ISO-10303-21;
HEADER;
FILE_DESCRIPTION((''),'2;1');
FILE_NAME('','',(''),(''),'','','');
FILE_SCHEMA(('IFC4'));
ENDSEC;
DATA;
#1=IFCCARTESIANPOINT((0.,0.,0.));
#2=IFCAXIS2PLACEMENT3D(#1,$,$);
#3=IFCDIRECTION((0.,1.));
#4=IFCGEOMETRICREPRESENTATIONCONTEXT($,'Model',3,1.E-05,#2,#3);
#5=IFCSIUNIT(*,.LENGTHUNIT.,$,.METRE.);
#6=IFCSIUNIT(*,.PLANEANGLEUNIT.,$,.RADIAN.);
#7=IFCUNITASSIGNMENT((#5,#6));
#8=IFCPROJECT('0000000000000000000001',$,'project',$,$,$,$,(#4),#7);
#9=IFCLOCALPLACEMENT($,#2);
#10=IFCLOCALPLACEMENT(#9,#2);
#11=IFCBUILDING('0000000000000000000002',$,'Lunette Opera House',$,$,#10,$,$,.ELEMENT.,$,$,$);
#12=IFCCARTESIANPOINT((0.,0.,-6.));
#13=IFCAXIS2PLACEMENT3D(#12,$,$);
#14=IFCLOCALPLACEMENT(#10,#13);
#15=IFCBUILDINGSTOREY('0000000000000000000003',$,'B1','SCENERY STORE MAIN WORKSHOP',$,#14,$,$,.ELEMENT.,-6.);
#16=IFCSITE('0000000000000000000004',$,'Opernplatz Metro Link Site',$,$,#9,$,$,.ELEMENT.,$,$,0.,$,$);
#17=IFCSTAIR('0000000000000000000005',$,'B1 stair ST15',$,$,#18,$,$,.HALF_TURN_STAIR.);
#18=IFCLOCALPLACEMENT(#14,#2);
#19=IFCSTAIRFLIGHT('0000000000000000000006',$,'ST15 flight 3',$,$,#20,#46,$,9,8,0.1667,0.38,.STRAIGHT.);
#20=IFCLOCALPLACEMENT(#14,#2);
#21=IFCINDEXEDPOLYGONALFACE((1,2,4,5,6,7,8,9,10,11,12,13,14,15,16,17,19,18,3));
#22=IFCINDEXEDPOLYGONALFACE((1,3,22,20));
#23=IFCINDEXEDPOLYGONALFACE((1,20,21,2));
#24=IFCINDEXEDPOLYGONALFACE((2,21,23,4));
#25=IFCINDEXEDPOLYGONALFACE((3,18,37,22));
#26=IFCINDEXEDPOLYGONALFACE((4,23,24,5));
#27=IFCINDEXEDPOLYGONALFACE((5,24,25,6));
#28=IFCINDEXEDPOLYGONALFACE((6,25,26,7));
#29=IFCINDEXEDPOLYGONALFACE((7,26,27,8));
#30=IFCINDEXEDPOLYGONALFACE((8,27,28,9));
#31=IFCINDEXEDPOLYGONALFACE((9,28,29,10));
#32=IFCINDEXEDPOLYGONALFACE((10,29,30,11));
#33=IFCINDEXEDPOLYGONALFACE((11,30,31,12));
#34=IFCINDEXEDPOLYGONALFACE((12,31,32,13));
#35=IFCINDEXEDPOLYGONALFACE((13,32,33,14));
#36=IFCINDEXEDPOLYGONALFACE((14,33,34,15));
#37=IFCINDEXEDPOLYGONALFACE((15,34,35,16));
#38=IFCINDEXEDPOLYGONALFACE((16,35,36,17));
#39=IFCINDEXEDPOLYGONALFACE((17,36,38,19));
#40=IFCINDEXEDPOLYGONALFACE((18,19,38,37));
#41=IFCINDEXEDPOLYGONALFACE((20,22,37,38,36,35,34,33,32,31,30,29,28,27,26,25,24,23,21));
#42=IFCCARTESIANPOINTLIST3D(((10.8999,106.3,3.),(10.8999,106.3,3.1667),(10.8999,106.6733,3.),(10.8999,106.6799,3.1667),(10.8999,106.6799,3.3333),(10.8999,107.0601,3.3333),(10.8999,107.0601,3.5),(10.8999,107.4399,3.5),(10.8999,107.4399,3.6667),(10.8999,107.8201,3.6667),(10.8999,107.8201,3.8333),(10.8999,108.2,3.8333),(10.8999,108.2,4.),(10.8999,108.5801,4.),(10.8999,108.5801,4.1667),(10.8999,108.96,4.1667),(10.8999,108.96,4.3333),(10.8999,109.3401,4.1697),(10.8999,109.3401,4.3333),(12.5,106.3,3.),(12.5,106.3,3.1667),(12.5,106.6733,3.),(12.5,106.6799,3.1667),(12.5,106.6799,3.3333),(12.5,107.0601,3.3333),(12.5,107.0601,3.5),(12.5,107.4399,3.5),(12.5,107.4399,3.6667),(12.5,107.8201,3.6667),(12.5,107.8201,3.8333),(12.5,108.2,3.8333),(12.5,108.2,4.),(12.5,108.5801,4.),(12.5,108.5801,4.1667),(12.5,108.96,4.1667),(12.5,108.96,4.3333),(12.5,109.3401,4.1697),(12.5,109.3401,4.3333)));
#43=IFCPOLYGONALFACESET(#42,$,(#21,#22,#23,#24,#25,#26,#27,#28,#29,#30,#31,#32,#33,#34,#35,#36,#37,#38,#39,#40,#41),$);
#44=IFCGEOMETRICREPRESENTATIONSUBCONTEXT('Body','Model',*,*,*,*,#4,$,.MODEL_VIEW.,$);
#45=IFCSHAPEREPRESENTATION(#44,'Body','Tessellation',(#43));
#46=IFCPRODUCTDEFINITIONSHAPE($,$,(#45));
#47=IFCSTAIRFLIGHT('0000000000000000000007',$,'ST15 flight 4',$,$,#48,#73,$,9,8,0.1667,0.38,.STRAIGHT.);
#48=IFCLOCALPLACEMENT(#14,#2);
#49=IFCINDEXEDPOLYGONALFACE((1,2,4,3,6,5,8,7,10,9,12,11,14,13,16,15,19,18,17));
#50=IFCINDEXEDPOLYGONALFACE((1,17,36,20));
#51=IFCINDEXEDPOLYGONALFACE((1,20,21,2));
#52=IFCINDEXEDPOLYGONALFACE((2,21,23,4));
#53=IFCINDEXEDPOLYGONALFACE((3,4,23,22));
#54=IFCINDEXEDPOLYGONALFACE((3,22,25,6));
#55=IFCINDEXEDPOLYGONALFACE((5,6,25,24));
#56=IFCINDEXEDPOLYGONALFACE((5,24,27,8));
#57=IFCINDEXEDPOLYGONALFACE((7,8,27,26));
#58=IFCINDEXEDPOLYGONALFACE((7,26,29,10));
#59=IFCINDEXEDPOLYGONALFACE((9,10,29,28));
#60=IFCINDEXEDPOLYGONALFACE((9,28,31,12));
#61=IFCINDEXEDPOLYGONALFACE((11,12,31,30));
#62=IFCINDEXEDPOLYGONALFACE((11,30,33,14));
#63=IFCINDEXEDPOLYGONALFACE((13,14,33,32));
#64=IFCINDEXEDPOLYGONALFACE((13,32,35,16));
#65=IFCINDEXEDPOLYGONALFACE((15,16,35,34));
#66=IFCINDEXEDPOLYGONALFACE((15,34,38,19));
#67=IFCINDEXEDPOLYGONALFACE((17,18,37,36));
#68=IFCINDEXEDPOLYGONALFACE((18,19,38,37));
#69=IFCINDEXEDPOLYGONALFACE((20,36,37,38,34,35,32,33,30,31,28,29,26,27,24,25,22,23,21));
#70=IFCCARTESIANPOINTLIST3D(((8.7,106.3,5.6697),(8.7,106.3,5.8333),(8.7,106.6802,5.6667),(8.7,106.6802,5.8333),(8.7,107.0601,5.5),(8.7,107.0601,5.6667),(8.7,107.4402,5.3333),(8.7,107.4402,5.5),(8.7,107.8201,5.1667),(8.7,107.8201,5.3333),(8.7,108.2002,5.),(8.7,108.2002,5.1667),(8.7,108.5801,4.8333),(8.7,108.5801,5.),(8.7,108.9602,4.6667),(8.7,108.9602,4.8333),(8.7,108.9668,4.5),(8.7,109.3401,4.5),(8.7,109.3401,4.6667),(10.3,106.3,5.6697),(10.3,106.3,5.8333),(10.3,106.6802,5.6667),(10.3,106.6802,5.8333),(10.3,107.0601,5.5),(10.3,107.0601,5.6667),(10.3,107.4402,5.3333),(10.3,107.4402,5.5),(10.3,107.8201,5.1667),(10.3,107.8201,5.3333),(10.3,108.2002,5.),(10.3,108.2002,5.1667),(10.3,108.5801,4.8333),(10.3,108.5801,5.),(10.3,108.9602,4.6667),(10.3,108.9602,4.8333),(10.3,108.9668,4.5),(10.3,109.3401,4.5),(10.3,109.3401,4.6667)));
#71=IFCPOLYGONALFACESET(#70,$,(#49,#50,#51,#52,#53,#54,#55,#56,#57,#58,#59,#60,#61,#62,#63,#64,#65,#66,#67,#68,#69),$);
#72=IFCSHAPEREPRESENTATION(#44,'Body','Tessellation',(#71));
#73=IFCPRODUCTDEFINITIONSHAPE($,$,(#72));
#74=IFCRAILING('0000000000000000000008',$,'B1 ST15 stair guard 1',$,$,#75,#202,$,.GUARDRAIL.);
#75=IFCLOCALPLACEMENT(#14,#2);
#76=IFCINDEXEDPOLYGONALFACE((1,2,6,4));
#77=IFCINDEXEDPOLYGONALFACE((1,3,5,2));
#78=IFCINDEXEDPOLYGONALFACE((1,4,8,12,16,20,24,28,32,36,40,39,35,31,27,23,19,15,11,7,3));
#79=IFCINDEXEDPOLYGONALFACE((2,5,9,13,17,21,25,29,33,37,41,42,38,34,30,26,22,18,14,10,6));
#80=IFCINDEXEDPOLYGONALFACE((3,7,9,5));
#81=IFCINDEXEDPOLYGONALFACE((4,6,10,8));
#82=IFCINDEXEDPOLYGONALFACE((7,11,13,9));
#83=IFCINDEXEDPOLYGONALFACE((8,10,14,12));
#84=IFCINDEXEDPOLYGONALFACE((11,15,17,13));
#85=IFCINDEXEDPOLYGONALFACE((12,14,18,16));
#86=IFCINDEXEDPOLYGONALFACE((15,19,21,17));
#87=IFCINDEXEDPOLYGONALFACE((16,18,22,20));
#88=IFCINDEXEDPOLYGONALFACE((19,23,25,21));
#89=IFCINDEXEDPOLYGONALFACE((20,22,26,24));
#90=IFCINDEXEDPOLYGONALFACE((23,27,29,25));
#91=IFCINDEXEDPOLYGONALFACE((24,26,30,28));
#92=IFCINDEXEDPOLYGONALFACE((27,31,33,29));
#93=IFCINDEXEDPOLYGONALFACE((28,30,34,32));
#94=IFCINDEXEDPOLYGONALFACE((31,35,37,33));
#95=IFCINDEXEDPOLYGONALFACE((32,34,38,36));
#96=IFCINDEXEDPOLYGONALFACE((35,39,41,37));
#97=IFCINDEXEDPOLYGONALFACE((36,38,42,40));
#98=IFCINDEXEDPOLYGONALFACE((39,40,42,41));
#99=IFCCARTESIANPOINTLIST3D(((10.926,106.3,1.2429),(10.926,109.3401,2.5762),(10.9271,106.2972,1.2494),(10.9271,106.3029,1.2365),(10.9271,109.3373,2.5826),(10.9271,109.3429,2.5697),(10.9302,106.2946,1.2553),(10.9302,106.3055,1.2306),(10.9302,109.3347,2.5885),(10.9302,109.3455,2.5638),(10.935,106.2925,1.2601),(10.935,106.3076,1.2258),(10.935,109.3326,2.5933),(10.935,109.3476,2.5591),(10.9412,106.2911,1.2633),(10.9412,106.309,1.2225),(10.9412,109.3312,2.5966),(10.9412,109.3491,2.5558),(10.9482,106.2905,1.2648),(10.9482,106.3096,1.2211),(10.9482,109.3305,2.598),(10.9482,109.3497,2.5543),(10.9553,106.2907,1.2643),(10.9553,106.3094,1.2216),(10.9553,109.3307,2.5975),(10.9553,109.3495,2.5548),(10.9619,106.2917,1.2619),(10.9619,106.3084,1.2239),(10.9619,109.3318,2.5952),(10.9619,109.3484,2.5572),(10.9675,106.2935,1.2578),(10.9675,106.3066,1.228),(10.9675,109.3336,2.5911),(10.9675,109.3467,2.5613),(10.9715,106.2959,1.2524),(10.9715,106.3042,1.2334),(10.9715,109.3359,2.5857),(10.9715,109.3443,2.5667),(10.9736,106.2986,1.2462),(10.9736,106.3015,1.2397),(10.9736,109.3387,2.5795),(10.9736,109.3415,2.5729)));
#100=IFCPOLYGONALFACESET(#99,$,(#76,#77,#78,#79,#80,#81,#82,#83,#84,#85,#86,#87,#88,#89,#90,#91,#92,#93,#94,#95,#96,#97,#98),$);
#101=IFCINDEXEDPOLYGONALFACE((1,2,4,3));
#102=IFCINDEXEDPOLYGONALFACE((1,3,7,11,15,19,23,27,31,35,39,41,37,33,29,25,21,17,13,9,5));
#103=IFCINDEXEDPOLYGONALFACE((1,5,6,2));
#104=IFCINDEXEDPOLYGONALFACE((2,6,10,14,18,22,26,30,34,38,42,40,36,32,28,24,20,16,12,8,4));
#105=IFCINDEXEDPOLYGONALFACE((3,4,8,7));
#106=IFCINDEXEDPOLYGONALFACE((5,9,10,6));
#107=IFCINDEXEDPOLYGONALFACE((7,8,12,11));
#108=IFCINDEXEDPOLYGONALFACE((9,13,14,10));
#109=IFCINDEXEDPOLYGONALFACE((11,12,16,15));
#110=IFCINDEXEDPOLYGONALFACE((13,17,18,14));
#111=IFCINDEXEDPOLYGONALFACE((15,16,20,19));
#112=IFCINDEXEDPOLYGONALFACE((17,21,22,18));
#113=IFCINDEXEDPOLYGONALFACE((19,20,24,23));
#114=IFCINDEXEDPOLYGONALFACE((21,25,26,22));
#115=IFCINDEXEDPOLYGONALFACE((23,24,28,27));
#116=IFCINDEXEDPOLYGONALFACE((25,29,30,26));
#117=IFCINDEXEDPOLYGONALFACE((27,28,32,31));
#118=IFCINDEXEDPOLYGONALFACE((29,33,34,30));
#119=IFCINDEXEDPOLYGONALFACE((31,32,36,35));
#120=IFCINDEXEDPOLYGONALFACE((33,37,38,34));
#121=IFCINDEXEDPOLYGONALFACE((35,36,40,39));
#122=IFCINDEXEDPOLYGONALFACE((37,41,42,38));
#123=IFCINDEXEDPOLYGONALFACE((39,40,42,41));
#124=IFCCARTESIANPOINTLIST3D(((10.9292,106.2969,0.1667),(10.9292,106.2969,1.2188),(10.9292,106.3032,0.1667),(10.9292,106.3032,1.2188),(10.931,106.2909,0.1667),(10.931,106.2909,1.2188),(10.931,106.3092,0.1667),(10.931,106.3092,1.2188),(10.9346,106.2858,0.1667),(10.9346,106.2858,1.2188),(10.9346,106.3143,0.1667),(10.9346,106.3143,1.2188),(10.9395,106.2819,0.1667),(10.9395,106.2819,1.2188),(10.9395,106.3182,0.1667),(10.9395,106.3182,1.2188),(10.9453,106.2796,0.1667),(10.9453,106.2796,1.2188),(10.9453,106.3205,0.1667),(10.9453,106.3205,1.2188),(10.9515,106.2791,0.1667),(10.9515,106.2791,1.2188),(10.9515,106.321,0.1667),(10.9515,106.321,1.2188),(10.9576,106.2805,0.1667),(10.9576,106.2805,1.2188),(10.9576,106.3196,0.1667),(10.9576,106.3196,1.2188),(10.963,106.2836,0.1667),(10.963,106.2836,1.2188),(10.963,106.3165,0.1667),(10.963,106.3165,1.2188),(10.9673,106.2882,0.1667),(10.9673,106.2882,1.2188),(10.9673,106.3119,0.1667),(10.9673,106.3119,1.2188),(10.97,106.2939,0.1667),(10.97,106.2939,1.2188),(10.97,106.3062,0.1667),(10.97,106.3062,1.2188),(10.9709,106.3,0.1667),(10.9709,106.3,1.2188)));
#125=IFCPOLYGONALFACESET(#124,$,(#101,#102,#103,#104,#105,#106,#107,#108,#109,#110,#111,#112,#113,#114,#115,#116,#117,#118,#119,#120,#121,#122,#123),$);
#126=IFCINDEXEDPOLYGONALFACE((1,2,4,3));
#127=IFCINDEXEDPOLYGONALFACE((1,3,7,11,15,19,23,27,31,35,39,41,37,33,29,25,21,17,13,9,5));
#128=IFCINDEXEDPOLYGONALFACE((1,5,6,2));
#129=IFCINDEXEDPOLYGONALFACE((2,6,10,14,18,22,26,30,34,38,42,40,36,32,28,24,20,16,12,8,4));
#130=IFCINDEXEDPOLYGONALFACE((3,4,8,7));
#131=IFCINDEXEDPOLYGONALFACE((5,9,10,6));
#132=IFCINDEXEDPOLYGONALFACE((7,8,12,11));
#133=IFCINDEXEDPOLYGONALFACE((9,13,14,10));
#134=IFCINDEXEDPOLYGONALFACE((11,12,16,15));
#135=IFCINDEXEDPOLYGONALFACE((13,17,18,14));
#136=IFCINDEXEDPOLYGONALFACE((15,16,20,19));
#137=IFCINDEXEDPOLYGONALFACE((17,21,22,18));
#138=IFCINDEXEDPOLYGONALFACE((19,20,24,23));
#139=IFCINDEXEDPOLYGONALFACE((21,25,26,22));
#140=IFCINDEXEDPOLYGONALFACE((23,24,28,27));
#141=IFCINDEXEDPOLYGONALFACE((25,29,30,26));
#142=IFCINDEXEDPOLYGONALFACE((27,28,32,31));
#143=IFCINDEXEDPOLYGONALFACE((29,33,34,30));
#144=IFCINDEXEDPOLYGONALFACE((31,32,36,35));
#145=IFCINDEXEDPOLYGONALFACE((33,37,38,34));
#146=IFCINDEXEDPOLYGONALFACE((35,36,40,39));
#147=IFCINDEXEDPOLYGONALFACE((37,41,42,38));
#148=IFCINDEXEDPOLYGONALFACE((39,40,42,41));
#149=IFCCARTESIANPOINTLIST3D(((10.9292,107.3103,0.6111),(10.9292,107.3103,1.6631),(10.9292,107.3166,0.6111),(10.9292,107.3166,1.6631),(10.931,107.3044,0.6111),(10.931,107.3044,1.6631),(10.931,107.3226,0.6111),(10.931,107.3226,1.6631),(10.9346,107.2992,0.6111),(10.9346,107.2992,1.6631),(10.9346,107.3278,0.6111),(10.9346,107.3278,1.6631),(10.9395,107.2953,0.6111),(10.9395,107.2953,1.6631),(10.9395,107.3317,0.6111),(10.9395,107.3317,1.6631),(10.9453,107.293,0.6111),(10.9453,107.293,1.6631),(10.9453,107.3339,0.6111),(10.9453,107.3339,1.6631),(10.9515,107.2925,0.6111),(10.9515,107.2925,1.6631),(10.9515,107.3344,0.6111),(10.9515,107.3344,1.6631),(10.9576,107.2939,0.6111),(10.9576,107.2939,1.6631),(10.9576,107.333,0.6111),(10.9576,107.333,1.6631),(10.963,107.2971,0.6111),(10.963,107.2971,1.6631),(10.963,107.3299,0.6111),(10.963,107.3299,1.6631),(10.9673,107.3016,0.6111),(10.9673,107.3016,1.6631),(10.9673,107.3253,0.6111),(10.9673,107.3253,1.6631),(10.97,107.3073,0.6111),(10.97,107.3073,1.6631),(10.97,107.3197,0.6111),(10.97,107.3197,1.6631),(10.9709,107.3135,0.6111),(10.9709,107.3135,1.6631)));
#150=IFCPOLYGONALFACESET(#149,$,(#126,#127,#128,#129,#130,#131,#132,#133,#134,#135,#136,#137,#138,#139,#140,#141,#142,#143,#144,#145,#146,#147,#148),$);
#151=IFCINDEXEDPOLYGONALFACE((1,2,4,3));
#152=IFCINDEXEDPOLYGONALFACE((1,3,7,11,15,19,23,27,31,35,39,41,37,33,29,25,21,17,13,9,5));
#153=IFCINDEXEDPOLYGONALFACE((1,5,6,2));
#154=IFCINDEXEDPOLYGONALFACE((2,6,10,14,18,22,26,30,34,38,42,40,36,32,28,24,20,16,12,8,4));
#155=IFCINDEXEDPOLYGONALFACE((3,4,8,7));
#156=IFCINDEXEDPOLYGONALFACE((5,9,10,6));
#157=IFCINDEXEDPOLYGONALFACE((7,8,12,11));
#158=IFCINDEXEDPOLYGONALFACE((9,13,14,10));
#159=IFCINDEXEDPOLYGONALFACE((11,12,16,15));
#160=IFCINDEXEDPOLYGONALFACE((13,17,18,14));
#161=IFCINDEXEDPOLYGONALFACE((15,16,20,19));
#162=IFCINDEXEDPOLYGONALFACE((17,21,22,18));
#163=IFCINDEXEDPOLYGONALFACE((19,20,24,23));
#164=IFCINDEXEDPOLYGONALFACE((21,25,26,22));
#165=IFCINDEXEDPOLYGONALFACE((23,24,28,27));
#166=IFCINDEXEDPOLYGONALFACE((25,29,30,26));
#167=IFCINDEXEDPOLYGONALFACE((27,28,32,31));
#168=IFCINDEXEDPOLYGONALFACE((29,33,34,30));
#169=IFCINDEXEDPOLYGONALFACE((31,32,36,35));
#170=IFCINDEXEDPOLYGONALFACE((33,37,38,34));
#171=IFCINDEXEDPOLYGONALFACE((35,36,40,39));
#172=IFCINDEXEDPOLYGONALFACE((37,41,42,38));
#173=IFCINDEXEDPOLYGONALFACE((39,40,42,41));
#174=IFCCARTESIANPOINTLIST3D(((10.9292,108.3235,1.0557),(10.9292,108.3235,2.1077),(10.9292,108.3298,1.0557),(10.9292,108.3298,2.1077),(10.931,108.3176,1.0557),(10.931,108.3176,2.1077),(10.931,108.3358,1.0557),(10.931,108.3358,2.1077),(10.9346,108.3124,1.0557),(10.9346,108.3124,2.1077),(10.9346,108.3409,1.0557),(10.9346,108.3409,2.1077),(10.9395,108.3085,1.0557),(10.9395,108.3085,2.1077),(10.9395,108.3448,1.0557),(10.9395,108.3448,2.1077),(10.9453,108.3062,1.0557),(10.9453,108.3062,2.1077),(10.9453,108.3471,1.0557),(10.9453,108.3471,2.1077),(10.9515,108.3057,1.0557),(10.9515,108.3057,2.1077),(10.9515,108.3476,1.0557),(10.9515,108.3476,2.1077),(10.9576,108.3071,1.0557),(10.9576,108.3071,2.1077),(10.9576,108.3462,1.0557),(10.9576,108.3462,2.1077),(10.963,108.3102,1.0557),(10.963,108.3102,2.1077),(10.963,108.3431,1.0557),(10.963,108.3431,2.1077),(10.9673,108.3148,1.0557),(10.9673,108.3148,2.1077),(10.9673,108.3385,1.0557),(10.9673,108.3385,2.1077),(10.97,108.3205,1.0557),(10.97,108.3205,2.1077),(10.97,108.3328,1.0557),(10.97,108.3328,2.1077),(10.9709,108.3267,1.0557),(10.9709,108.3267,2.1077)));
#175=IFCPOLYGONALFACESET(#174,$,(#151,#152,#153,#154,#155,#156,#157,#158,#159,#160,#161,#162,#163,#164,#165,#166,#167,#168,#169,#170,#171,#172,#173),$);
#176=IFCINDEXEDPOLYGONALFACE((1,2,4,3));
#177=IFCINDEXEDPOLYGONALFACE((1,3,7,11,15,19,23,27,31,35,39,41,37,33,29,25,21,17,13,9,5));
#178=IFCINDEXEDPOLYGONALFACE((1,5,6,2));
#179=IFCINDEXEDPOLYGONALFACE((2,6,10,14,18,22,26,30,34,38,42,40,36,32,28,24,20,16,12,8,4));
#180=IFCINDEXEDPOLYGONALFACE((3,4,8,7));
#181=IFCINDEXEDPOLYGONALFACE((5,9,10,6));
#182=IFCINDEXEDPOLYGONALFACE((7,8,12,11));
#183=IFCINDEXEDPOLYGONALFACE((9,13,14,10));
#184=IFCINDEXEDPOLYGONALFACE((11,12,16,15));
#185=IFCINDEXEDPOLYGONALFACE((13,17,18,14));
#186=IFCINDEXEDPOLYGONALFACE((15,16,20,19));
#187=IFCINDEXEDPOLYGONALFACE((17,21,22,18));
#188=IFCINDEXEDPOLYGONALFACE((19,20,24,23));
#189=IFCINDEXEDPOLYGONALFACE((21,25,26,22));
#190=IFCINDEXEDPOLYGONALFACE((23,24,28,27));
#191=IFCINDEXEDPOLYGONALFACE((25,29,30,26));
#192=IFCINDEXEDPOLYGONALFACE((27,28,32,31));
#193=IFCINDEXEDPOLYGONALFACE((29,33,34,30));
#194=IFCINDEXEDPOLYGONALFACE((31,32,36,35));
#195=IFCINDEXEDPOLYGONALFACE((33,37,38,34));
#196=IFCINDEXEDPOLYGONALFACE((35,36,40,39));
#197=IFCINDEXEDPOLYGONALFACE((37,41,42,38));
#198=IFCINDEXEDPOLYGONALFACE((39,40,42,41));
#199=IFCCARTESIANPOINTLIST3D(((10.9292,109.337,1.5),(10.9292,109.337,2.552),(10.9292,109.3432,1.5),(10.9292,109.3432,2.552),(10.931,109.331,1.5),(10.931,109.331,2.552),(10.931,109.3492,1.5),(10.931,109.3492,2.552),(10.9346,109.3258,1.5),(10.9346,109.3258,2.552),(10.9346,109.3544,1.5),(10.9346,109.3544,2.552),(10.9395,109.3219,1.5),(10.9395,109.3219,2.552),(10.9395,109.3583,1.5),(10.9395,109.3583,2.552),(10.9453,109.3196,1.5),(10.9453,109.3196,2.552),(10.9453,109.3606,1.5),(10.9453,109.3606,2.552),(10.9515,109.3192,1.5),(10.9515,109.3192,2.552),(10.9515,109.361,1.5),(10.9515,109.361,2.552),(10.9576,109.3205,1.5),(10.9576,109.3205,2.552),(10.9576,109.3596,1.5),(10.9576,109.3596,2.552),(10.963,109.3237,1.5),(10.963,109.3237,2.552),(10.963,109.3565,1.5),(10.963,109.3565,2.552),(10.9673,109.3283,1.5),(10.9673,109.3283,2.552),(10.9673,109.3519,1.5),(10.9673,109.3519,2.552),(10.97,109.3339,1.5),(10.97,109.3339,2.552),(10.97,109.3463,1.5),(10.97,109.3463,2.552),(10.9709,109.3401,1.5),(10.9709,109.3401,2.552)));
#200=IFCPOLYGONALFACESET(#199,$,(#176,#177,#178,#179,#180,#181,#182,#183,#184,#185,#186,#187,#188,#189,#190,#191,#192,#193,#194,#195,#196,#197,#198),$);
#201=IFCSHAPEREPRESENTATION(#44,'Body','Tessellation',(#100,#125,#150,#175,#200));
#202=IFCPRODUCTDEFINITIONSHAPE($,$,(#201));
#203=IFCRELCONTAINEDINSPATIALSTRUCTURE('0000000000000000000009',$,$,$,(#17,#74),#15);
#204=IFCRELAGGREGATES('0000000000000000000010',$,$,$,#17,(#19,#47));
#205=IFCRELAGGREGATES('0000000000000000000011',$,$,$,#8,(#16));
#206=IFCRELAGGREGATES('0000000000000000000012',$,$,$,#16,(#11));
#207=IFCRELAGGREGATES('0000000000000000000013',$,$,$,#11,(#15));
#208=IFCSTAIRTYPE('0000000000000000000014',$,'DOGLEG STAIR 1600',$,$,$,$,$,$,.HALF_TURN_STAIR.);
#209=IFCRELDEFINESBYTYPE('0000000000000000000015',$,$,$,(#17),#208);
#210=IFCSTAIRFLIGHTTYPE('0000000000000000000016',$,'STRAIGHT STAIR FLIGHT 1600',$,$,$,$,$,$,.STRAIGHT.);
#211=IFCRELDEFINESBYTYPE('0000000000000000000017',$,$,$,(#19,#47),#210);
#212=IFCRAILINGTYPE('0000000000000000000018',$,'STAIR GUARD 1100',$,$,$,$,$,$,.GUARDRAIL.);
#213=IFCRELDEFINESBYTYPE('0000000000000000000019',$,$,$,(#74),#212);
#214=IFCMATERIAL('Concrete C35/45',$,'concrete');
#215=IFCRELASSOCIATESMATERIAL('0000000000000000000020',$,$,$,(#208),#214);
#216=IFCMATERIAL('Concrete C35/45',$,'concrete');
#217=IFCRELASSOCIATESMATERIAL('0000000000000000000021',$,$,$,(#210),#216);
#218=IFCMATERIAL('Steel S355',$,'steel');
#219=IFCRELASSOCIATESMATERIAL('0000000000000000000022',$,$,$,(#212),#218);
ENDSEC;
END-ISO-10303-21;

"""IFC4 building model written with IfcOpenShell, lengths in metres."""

from ifc_helpers import new_model, si_unit, direction, frame, origin, origin_2d, place, context, subcontext, project, spatial, polyline, circle, outline, extrude, material, type_object, element, aggregate, save


model = new_model("IFC4")

# Units and contexts
model_context = context("Model", 3, precision=1e-05, world=origin(), true_north=direction((0.0, 1.0)))
body_context = subcontext(model_context, "Body", "Model", "MODEL_VIEW")
ifc_project = project(units=[si_unit("LENGTHUNIT", "METRE"), si_unit("PLANEANGLEUNIT", "RADIAN")], contexts=[model_context])

# Site, building, storey
site_placement = place(None, origin())
site = spatial("IfcSite", under=ifc_project, at=site_placement, Name="Opernplatz Metro Link Site", CompositionType="ELEMENT", RefElevation=0.0)
building_placement = place(site_placement, origin())
building = spatial("IfcBuilding", under=site, at=building_placement, Name="Lunette Opera House", CompositionType="ELEMENT")
storey_placement = place(building_placement, frame((0.0, 0.0, -6.0)))
storey = spatial("IfcBuildingStorey", under=building, at=storey_placement, Name="B1", Description="SCENERY STORE MAIN WORKSHOP", CompositionType="ELEMENT", Elevation=-6.0)

# Stair, stair flights
ifc_material_1 = material(Name="Concrete C35/45", Category="concrete")
stair_type = type_object("IfcStairType", Name="DOGLEG STAIR 1600", PredefinedType="HALF_TURN_STAIR", material=ifc_material_1)
stair_placement = place(storey_placement, origin())
stair = element("IfcStair", 1, at=stair_placement, inside=storey, type_object=stair_type, Name="B1 stair ST15", PredefinedType="HALF_TURN_STAIR")
ifc_material_2 = material(Name="Concrete C35/45", Category="concrete")
stair_flight_type = type_object("IfcStairFlightType", Name="STRAIGHT STAIR FLIGHT 1600", PredefinedType="STRAIGHT", material=ifc_material_2)
stair_flight_1_placement = place(storey_placement, frame((11.7, 106.3, 3.0), z_axis=(0.0, 0.0, 1.0), x_axis=(0.0, 1.0, 0.0)))
stair_flight_1 = element("IfcStairFlight", 2, at=stair_flight_1_placement, type_object=stair_flight_type, Name="ST15 flight 3", NumberOfRisers=9, NumberOfTreads=8, PredefinedType="STRAIGHT", RiserHeight=0.1667, TreadLength=0.38, context=body_context, shape_type="SweptSolid", body=[
    extrude(outline(polyline([(0.0, 0.0), (0.0, 0.1667), (0.3799, 0.1667), (0.3799, 0.3333), (0.76, 0.3333), (0.76, 0.5), (1.1399, 0.5), (1.1399, 0.6667), (1.52, 0.6667), (1.52, 0.8333), (1.8999, 0.8333), (1.8999, 1.0), (2.28, 1.0), (2.28, 1.1667), (2.6599, 1.1667), (2.6599, 1.3333), (3.04, 1.3333), (3.04, 1.5), (3.04, 1.1697), (0.3733, 0.0), (0.0, 0.0)])), frame((0.0, 0.8, 0.0), z_axis=(0.0, -1.0, 0.0), x_axis=(1.0, 0.0, 0.0)), (0.0, 0.0, 1.0), 1.6001),
])
stair_flight_2_placement = place(storey_placement, frame((9.5, 109.3401, 4.5), z_axis=(0.0, 0.0, 1.0), x_axis=(0.0, -1.0, 0.0)))
stair_flight_2 = element("IfcStairFlight", 3, at=stair_flight_2_placement, type_object=stair_flight_type, Name="ST15 flight 4", NumberOfRisers=9, NumberOfTreads=8, PredefinedType="STRAIGHT", RiserHeight=0.1667, TreadLength=0.38, context=body_context, shape_type="SweptSolid", body=[
    extrude(outline(polyline([(0.0, 0.0), (0.0, 0.1667), (0.3799, 0.1667), (0.3799, 0.3333), (0.76, 0.3333), (0.76, 0.5), (1.1399, 0.5), (1.1399, 0.6667), (1.52, 0.6667), (1.52, 0.8333), (1.8999, 0.8333), (1.8999, 1.0), (2.28, 1.0), (2.28, 1.1667), (2.6599, 1.1667), (2.6599, 1.3333), (3.04, 1.3333), (3.04, 1.5), (3.04, 1.1697), (0.3733, 0.0), (0.0, 0.0)])), frame((0.0, 0.8, 0.0), z_axis=(0.0, -1.0, 0.0), x_axis=(1.0, 0.0, 0.0)), (0.0, 0.0, 1.0), 1.6001),
])
aggregate(stair, [stair_flight_1, stair_flight_2])

# Railing
ifc_material_3 = material(Name="Steel S355", Category="steel")
railing_type_1 = type_object("IfcRailingType", Name="STAIR GUARD 1100", PredefinedType="GUARDRAIL", material=ifc_material_3)
railing_1_placement = place(storey_placement, frame((10.95, 106.3, 0.1667)))
element("IfcRailing", 4, at=railing_1_placement, inside=storey, type_object=railing_type_1, Name="B1 ST15 stair guard 1", PredefinedType="GUARDRAIL", context=body_context, shape_type="SweptSolid", body=[
    extrude(circle(Radius=0.0239, at=origin_2d()), frame((0.0, 0.0, 1.0762), z_axis=(0.0, 0.915799, 0.401637), x_axis=(-1.0, 0.0, 0.0)), (0.0, 0.0, 1.0), 3.3196),
    extrude(circle(Radius=0.021, at=origin_2d()), origin(), (0.0, 0.0, 1.0), 1.052),
    extrude(circle(Radius=0.021, at=origin_2d()), frame((0.0, 1.0134, 0.4443)), (0.0, 0.0, 1.0), 1.052),
    extrude(circle(Radius=0.021, at=origin_2d()), frame((0.0, 2.0266, 0.8889)), (0.0, 0.0, 1.0), 1.052),
    extrude(circle(Radius=0.021, at=origin_2d()), frame((0.0, 3.04, 1.3333)), (0.0, 0.0, 1.0), 1.052),
])

save(model, "model.ifc")
